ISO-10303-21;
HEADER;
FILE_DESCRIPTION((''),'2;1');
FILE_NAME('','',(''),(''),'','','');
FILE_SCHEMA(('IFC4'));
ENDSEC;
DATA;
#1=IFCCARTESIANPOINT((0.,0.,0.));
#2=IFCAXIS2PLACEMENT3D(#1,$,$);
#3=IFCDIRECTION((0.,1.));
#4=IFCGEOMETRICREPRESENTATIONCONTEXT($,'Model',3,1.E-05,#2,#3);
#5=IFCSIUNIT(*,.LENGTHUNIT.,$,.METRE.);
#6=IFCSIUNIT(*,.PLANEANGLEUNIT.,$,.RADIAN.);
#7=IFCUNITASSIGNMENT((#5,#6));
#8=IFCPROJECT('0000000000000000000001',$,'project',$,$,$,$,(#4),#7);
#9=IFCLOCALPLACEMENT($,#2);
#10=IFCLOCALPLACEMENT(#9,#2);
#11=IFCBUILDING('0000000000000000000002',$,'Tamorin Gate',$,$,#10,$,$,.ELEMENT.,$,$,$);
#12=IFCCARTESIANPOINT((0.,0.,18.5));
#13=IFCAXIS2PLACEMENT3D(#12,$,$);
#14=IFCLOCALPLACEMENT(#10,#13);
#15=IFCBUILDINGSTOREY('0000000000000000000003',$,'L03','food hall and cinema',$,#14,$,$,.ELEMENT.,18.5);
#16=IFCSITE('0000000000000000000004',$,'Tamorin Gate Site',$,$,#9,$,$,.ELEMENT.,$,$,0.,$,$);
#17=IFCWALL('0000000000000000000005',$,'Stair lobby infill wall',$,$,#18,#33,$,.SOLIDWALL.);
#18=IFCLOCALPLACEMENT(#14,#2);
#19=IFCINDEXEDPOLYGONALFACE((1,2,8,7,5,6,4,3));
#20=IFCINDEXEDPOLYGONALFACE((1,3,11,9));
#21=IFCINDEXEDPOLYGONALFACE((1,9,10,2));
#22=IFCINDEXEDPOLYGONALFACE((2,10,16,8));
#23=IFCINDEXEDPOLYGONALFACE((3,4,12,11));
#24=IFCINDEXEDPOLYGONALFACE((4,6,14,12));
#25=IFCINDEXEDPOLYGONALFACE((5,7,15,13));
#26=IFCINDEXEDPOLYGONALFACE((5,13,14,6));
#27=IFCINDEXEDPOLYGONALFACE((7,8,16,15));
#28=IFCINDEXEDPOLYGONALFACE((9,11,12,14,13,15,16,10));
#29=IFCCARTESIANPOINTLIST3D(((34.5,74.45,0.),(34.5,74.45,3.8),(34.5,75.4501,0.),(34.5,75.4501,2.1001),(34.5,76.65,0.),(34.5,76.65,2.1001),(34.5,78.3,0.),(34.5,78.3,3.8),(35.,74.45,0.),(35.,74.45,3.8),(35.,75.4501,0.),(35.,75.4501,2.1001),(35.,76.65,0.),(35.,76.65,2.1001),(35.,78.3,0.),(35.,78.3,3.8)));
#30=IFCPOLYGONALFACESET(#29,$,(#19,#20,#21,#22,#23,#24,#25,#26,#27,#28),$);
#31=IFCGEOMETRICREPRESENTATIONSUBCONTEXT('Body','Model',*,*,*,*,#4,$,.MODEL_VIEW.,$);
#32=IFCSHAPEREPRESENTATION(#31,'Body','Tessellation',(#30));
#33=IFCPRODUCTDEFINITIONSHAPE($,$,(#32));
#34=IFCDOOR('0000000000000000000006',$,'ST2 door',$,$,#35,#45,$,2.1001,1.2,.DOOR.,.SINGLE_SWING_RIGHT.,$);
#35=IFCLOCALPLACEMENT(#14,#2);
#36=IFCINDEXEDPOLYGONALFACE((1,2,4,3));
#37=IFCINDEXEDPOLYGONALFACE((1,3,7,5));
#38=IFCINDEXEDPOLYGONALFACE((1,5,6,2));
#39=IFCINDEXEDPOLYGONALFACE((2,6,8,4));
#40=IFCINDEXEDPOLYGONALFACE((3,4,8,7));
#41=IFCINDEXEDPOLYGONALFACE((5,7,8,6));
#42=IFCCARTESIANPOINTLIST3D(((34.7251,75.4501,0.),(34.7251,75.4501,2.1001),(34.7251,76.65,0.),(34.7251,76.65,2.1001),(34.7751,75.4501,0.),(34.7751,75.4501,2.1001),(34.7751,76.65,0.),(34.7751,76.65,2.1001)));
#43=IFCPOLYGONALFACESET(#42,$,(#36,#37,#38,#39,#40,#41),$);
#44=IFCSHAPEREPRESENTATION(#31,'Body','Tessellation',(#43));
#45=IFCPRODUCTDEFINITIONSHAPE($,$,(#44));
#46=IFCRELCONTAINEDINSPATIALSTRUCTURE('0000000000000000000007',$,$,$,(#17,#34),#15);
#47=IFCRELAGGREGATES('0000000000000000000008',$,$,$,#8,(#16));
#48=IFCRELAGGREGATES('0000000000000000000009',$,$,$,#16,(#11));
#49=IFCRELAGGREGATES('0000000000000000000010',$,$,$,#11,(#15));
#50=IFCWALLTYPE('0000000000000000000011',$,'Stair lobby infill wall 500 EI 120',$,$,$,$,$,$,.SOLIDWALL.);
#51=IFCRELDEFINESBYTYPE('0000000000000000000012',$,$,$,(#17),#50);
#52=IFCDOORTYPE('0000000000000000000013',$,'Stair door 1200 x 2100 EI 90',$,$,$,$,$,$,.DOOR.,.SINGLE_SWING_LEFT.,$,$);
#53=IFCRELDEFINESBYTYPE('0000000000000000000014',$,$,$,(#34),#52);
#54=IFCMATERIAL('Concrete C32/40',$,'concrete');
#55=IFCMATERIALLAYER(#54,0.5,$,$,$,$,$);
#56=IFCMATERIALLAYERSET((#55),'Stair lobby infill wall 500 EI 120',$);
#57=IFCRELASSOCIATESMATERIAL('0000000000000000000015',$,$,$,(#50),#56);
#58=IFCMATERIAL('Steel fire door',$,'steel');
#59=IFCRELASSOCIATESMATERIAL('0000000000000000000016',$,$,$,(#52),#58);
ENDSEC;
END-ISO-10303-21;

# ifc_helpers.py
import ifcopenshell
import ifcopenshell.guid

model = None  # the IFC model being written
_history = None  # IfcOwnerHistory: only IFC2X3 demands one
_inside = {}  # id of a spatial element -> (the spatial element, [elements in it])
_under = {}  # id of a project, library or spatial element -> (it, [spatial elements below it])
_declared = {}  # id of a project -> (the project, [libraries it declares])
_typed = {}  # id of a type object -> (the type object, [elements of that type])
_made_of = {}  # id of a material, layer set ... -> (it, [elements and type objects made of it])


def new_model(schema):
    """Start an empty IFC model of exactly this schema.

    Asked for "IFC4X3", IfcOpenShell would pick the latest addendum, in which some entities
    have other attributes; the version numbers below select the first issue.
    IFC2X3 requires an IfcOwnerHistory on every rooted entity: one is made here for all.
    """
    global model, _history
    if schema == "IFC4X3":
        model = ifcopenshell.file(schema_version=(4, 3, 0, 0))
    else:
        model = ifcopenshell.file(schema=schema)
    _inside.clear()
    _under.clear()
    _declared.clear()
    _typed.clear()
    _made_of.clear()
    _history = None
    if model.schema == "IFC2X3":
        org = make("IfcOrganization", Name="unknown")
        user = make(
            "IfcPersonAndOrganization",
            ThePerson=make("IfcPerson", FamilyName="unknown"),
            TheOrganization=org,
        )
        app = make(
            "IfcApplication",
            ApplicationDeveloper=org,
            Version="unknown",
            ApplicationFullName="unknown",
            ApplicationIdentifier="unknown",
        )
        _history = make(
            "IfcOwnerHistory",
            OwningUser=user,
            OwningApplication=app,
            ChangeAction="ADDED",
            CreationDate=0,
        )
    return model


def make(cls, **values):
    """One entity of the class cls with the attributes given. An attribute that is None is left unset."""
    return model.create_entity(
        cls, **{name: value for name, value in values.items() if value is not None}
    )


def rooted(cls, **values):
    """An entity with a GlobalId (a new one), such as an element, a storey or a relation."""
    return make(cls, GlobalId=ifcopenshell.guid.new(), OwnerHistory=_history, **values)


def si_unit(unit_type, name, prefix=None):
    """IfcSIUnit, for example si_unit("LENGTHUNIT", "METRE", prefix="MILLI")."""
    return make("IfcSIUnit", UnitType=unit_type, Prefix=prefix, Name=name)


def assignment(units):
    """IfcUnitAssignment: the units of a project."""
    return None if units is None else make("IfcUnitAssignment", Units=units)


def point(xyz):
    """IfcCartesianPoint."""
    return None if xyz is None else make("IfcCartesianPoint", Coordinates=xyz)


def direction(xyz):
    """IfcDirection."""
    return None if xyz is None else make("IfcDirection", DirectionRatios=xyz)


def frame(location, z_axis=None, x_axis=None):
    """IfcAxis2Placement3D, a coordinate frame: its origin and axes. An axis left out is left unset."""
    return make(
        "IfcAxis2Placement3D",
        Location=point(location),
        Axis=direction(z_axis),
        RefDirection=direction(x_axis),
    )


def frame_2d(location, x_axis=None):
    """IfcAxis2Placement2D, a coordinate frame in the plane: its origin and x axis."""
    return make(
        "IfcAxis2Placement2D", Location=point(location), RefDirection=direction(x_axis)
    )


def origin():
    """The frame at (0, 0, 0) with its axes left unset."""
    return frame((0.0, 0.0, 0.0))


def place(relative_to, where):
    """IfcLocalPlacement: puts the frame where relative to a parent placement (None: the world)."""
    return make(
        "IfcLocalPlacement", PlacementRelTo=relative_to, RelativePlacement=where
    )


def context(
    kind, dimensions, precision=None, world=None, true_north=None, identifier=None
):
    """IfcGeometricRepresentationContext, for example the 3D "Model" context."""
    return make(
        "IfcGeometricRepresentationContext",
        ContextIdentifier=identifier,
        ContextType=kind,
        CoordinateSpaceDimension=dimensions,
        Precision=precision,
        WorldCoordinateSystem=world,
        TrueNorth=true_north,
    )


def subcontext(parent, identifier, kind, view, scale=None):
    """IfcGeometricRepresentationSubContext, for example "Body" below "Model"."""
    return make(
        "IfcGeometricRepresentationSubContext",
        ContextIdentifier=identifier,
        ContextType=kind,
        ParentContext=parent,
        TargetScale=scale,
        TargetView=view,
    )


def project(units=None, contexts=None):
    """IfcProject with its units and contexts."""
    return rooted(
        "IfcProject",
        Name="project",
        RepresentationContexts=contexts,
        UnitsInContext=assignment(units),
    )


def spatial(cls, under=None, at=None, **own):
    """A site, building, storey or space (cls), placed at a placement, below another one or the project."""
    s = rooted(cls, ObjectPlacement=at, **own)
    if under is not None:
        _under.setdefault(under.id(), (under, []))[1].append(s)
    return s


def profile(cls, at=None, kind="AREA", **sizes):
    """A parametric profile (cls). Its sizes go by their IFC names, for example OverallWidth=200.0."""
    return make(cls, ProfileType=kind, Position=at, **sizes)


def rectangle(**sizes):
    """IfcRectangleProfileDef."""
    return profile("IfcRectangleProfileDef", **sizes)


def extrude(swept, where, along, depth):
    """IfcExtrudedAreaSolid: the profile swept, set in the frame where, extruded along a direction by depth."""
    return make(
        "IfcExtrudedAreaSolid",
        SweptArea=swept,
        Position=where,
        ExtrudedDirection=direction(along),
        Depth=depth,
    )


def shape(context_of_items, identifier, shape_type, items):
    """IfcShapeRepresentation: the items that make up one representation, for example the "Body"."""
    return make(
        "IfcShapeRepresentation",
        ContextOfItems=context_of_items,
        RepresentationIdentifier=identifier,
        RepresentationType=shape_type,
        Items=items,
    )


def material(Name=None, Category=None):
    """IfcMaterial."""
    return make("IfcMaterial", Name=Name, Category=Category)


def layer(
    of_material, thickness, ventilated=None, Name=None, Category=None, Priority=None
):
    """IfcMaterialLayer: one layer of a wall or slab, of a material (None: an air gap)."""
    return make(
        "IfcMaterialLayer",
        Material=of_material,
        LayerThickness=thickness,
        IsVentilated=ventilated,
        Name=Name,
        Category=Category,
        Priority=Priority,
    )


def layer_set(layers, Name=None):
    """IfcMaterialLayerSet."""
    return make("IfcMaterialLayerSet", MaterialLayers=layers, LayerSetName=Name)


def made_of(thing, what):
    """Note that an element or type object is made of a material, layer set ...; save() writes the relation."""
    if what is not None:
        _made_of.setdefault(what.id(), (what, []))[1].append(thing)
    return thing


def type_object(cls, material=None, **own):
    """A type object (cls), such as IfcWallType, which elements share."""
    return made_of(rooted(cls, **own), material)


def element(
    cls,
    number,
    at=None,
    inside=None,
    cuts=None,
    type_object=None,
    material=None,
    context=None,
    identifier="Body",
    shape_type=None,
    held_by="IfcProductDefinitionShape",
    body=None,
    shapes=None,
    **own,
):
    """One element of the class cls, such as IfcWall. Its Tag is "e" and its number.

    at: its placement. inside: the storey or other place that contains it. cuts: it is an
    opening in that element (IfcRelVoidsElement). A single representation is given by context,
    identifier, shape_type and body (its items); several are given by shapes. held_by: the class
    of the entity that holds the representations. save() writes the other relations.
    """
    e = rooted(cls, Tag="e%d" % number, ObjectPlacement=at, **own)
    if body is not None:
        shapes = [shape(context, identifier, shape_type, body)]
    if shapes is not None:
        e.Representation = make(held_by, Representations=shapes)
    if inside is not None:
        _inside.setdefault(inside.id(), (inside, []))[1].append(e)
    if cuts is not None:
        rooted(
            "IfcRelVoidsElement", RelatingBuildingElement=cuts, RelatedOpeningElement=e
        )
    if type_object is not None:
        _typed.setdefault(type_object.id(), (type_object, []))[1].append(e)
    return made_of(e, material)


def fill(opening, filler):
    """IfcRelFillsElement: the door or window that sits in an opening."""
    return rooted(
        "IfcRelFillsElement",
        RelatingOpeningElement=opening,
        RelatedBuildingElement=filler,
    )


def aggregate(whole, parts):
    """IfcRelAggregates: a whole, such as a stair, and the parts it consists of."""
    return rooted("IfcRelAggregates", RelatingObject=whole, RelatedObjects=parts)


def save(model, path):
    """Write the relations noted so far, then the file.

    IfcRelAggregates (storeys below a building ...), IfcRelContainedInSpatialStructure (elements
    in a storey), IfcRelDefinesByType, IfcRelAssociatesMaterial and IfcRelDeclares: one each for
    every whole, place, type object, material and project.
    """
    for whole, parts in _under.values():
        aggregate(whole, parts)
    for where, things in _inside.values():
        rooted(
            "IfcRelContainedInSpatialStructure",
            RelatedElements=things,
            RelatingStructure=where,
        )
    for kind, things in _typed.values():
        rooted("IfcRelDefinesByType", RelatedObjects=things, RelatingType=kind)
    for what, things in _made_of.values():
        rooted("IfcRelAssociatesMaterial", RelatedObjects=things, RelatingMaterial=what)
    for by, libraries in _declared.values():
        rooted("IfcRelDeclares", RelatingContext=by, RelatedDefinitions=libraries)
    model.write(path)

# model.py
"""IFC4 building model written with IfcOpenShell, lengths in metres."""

from ifc_helpers import new_model, si_unit, direction, frame, frame_2d, origin, place, context, subcontext, project, spatial, rectangle, extrude, material, layer, layer_set, type_object, element, fill, save


model = new_model("IFC4")

# Units and contexts
model_context = context("Model", 3, precision=1e-05, world=origin(), true_north=direction((0.0, 1.0)))
body_context = subcontext(model_context, "Body", "Model", "MODEL_VIEW")
ifc_project = project(units=[si_unit("LENGTHUNIT", "METRE"), si_unit("PLANEANGLEUNIT", "RADIAN")], contexts=[model_context])

# Site, building, storey
site_placement = place(None, origin())
site = spatial("IfcSite", under=ifc_project, at=site_placement, Name="Tamorin Gate Site", CompositionType="ELEMENT", RefElevation=0.0)
building_placement = place(site_placement, origin())
building = spatial("IfcBuilding", under=site, at=building_placement, Name="Tamorin Gate", CompositionType="ELEMENT")
storey_placement = place(building_placement, frame((0.0, 0.0, 18.5)))
storey = spatial("IfcBuildingStorey", under=building, at=storey_placement, Name="L03", Description="food hall and cinema", CompositionType="ELEMENT", Elevation=18.5)

# Shared definitions
ifc_material_1 = material(Name="Concrete C32/40", Category="concrete")

# Wall, opening, door
ifc_material_2 = material(Name="Steel fire door", Category="steel")
ifc_layer_1 = layer(ifc_material_1, 0.5)
ifc_layer_set_1 = layer_set([ifc_layer_1], Name="Stair lobby infill wall 500 EI 120")
wall_type_1 = type_object("IfcWallType", Name="Stair lobby infill wall 500 EI 120", PredefinedType="SOLIDWALL", material=ifc_layer_set_1)
wall_1_placement = place(storey_placement, frame((34.75, 74.45, 0.0), z_axis=(0.0, 0.0, 1.0), x_axis=(0.0, 1.0, 0.0)))
wall_1 = element("IfcWall", 1, at=wall_1_placement, inside=storey, type_object=wall_type_1, Name="Stair lobby infill wall", PredefinedType="SOLIDWALL", context=body_context, shape_type="SweptSolid", body=[
    extrude(rectangle(XDim=3.8501, YDim=0.5, at=frame_2d((1.925, 0.0))), origin(), (0.0, 0.0, 1.0), 3.8),
])
opening_1_placement = place(wall_1_placement, frame((1.0, 0.0, 0.0)))
opening_1 = element("IfcOpeningElement", 2, at=opening_1_placement, cuts=wall_1, PredefinedType="OPENING", context=body_context, shape_type="SweptSolid", body=[
    extrude(rectangle(XDim=1.2, YDim=2.1001, at=frame_2d((0.6001, 1.05))), frame((0.0, 0.26, 0.0), z_axis=(0.0, -1.0, 0.0), x_axis=(1.0, 0.0, 0.0)), (0.0, 0.0, 1.0), 0.52),
])
door_type_1 = type_object("IfcDoorType", Name="Stair door 1200 x 2100 EI 90", OperationType="SINGLE_SWING_LEFT", PredefinedType="DOOR", material=ifc_material_2)
door_1_placement = place(opening_1_placement, origin())
door_1 = element("IfcDoor", 3, at=door_1_placement, inside=storey, type_object=door_type_1, Name="ST2 door", OperationType="SINGLE_SWING_RIGHT", OverallHeight=2.1001, OverallWidth=1.2, PredefinedType="DOOR", context=body_context, shape_type="SweptSolid", body=[
    extrude(rectangle(XDim=1.2, YDim=2.1001, at=frame_2d((0.6001, 1.05))), frame((0.0, 0.0249, 0.0), z_axis=(0.0, -1.0, 0.0), x_axis=(1.0, 0.0, 0.0)), (0.0, 0.0, 1.0), 0.05),
])
fill(opening_1, door_1)

save(model, "model.ifc")
